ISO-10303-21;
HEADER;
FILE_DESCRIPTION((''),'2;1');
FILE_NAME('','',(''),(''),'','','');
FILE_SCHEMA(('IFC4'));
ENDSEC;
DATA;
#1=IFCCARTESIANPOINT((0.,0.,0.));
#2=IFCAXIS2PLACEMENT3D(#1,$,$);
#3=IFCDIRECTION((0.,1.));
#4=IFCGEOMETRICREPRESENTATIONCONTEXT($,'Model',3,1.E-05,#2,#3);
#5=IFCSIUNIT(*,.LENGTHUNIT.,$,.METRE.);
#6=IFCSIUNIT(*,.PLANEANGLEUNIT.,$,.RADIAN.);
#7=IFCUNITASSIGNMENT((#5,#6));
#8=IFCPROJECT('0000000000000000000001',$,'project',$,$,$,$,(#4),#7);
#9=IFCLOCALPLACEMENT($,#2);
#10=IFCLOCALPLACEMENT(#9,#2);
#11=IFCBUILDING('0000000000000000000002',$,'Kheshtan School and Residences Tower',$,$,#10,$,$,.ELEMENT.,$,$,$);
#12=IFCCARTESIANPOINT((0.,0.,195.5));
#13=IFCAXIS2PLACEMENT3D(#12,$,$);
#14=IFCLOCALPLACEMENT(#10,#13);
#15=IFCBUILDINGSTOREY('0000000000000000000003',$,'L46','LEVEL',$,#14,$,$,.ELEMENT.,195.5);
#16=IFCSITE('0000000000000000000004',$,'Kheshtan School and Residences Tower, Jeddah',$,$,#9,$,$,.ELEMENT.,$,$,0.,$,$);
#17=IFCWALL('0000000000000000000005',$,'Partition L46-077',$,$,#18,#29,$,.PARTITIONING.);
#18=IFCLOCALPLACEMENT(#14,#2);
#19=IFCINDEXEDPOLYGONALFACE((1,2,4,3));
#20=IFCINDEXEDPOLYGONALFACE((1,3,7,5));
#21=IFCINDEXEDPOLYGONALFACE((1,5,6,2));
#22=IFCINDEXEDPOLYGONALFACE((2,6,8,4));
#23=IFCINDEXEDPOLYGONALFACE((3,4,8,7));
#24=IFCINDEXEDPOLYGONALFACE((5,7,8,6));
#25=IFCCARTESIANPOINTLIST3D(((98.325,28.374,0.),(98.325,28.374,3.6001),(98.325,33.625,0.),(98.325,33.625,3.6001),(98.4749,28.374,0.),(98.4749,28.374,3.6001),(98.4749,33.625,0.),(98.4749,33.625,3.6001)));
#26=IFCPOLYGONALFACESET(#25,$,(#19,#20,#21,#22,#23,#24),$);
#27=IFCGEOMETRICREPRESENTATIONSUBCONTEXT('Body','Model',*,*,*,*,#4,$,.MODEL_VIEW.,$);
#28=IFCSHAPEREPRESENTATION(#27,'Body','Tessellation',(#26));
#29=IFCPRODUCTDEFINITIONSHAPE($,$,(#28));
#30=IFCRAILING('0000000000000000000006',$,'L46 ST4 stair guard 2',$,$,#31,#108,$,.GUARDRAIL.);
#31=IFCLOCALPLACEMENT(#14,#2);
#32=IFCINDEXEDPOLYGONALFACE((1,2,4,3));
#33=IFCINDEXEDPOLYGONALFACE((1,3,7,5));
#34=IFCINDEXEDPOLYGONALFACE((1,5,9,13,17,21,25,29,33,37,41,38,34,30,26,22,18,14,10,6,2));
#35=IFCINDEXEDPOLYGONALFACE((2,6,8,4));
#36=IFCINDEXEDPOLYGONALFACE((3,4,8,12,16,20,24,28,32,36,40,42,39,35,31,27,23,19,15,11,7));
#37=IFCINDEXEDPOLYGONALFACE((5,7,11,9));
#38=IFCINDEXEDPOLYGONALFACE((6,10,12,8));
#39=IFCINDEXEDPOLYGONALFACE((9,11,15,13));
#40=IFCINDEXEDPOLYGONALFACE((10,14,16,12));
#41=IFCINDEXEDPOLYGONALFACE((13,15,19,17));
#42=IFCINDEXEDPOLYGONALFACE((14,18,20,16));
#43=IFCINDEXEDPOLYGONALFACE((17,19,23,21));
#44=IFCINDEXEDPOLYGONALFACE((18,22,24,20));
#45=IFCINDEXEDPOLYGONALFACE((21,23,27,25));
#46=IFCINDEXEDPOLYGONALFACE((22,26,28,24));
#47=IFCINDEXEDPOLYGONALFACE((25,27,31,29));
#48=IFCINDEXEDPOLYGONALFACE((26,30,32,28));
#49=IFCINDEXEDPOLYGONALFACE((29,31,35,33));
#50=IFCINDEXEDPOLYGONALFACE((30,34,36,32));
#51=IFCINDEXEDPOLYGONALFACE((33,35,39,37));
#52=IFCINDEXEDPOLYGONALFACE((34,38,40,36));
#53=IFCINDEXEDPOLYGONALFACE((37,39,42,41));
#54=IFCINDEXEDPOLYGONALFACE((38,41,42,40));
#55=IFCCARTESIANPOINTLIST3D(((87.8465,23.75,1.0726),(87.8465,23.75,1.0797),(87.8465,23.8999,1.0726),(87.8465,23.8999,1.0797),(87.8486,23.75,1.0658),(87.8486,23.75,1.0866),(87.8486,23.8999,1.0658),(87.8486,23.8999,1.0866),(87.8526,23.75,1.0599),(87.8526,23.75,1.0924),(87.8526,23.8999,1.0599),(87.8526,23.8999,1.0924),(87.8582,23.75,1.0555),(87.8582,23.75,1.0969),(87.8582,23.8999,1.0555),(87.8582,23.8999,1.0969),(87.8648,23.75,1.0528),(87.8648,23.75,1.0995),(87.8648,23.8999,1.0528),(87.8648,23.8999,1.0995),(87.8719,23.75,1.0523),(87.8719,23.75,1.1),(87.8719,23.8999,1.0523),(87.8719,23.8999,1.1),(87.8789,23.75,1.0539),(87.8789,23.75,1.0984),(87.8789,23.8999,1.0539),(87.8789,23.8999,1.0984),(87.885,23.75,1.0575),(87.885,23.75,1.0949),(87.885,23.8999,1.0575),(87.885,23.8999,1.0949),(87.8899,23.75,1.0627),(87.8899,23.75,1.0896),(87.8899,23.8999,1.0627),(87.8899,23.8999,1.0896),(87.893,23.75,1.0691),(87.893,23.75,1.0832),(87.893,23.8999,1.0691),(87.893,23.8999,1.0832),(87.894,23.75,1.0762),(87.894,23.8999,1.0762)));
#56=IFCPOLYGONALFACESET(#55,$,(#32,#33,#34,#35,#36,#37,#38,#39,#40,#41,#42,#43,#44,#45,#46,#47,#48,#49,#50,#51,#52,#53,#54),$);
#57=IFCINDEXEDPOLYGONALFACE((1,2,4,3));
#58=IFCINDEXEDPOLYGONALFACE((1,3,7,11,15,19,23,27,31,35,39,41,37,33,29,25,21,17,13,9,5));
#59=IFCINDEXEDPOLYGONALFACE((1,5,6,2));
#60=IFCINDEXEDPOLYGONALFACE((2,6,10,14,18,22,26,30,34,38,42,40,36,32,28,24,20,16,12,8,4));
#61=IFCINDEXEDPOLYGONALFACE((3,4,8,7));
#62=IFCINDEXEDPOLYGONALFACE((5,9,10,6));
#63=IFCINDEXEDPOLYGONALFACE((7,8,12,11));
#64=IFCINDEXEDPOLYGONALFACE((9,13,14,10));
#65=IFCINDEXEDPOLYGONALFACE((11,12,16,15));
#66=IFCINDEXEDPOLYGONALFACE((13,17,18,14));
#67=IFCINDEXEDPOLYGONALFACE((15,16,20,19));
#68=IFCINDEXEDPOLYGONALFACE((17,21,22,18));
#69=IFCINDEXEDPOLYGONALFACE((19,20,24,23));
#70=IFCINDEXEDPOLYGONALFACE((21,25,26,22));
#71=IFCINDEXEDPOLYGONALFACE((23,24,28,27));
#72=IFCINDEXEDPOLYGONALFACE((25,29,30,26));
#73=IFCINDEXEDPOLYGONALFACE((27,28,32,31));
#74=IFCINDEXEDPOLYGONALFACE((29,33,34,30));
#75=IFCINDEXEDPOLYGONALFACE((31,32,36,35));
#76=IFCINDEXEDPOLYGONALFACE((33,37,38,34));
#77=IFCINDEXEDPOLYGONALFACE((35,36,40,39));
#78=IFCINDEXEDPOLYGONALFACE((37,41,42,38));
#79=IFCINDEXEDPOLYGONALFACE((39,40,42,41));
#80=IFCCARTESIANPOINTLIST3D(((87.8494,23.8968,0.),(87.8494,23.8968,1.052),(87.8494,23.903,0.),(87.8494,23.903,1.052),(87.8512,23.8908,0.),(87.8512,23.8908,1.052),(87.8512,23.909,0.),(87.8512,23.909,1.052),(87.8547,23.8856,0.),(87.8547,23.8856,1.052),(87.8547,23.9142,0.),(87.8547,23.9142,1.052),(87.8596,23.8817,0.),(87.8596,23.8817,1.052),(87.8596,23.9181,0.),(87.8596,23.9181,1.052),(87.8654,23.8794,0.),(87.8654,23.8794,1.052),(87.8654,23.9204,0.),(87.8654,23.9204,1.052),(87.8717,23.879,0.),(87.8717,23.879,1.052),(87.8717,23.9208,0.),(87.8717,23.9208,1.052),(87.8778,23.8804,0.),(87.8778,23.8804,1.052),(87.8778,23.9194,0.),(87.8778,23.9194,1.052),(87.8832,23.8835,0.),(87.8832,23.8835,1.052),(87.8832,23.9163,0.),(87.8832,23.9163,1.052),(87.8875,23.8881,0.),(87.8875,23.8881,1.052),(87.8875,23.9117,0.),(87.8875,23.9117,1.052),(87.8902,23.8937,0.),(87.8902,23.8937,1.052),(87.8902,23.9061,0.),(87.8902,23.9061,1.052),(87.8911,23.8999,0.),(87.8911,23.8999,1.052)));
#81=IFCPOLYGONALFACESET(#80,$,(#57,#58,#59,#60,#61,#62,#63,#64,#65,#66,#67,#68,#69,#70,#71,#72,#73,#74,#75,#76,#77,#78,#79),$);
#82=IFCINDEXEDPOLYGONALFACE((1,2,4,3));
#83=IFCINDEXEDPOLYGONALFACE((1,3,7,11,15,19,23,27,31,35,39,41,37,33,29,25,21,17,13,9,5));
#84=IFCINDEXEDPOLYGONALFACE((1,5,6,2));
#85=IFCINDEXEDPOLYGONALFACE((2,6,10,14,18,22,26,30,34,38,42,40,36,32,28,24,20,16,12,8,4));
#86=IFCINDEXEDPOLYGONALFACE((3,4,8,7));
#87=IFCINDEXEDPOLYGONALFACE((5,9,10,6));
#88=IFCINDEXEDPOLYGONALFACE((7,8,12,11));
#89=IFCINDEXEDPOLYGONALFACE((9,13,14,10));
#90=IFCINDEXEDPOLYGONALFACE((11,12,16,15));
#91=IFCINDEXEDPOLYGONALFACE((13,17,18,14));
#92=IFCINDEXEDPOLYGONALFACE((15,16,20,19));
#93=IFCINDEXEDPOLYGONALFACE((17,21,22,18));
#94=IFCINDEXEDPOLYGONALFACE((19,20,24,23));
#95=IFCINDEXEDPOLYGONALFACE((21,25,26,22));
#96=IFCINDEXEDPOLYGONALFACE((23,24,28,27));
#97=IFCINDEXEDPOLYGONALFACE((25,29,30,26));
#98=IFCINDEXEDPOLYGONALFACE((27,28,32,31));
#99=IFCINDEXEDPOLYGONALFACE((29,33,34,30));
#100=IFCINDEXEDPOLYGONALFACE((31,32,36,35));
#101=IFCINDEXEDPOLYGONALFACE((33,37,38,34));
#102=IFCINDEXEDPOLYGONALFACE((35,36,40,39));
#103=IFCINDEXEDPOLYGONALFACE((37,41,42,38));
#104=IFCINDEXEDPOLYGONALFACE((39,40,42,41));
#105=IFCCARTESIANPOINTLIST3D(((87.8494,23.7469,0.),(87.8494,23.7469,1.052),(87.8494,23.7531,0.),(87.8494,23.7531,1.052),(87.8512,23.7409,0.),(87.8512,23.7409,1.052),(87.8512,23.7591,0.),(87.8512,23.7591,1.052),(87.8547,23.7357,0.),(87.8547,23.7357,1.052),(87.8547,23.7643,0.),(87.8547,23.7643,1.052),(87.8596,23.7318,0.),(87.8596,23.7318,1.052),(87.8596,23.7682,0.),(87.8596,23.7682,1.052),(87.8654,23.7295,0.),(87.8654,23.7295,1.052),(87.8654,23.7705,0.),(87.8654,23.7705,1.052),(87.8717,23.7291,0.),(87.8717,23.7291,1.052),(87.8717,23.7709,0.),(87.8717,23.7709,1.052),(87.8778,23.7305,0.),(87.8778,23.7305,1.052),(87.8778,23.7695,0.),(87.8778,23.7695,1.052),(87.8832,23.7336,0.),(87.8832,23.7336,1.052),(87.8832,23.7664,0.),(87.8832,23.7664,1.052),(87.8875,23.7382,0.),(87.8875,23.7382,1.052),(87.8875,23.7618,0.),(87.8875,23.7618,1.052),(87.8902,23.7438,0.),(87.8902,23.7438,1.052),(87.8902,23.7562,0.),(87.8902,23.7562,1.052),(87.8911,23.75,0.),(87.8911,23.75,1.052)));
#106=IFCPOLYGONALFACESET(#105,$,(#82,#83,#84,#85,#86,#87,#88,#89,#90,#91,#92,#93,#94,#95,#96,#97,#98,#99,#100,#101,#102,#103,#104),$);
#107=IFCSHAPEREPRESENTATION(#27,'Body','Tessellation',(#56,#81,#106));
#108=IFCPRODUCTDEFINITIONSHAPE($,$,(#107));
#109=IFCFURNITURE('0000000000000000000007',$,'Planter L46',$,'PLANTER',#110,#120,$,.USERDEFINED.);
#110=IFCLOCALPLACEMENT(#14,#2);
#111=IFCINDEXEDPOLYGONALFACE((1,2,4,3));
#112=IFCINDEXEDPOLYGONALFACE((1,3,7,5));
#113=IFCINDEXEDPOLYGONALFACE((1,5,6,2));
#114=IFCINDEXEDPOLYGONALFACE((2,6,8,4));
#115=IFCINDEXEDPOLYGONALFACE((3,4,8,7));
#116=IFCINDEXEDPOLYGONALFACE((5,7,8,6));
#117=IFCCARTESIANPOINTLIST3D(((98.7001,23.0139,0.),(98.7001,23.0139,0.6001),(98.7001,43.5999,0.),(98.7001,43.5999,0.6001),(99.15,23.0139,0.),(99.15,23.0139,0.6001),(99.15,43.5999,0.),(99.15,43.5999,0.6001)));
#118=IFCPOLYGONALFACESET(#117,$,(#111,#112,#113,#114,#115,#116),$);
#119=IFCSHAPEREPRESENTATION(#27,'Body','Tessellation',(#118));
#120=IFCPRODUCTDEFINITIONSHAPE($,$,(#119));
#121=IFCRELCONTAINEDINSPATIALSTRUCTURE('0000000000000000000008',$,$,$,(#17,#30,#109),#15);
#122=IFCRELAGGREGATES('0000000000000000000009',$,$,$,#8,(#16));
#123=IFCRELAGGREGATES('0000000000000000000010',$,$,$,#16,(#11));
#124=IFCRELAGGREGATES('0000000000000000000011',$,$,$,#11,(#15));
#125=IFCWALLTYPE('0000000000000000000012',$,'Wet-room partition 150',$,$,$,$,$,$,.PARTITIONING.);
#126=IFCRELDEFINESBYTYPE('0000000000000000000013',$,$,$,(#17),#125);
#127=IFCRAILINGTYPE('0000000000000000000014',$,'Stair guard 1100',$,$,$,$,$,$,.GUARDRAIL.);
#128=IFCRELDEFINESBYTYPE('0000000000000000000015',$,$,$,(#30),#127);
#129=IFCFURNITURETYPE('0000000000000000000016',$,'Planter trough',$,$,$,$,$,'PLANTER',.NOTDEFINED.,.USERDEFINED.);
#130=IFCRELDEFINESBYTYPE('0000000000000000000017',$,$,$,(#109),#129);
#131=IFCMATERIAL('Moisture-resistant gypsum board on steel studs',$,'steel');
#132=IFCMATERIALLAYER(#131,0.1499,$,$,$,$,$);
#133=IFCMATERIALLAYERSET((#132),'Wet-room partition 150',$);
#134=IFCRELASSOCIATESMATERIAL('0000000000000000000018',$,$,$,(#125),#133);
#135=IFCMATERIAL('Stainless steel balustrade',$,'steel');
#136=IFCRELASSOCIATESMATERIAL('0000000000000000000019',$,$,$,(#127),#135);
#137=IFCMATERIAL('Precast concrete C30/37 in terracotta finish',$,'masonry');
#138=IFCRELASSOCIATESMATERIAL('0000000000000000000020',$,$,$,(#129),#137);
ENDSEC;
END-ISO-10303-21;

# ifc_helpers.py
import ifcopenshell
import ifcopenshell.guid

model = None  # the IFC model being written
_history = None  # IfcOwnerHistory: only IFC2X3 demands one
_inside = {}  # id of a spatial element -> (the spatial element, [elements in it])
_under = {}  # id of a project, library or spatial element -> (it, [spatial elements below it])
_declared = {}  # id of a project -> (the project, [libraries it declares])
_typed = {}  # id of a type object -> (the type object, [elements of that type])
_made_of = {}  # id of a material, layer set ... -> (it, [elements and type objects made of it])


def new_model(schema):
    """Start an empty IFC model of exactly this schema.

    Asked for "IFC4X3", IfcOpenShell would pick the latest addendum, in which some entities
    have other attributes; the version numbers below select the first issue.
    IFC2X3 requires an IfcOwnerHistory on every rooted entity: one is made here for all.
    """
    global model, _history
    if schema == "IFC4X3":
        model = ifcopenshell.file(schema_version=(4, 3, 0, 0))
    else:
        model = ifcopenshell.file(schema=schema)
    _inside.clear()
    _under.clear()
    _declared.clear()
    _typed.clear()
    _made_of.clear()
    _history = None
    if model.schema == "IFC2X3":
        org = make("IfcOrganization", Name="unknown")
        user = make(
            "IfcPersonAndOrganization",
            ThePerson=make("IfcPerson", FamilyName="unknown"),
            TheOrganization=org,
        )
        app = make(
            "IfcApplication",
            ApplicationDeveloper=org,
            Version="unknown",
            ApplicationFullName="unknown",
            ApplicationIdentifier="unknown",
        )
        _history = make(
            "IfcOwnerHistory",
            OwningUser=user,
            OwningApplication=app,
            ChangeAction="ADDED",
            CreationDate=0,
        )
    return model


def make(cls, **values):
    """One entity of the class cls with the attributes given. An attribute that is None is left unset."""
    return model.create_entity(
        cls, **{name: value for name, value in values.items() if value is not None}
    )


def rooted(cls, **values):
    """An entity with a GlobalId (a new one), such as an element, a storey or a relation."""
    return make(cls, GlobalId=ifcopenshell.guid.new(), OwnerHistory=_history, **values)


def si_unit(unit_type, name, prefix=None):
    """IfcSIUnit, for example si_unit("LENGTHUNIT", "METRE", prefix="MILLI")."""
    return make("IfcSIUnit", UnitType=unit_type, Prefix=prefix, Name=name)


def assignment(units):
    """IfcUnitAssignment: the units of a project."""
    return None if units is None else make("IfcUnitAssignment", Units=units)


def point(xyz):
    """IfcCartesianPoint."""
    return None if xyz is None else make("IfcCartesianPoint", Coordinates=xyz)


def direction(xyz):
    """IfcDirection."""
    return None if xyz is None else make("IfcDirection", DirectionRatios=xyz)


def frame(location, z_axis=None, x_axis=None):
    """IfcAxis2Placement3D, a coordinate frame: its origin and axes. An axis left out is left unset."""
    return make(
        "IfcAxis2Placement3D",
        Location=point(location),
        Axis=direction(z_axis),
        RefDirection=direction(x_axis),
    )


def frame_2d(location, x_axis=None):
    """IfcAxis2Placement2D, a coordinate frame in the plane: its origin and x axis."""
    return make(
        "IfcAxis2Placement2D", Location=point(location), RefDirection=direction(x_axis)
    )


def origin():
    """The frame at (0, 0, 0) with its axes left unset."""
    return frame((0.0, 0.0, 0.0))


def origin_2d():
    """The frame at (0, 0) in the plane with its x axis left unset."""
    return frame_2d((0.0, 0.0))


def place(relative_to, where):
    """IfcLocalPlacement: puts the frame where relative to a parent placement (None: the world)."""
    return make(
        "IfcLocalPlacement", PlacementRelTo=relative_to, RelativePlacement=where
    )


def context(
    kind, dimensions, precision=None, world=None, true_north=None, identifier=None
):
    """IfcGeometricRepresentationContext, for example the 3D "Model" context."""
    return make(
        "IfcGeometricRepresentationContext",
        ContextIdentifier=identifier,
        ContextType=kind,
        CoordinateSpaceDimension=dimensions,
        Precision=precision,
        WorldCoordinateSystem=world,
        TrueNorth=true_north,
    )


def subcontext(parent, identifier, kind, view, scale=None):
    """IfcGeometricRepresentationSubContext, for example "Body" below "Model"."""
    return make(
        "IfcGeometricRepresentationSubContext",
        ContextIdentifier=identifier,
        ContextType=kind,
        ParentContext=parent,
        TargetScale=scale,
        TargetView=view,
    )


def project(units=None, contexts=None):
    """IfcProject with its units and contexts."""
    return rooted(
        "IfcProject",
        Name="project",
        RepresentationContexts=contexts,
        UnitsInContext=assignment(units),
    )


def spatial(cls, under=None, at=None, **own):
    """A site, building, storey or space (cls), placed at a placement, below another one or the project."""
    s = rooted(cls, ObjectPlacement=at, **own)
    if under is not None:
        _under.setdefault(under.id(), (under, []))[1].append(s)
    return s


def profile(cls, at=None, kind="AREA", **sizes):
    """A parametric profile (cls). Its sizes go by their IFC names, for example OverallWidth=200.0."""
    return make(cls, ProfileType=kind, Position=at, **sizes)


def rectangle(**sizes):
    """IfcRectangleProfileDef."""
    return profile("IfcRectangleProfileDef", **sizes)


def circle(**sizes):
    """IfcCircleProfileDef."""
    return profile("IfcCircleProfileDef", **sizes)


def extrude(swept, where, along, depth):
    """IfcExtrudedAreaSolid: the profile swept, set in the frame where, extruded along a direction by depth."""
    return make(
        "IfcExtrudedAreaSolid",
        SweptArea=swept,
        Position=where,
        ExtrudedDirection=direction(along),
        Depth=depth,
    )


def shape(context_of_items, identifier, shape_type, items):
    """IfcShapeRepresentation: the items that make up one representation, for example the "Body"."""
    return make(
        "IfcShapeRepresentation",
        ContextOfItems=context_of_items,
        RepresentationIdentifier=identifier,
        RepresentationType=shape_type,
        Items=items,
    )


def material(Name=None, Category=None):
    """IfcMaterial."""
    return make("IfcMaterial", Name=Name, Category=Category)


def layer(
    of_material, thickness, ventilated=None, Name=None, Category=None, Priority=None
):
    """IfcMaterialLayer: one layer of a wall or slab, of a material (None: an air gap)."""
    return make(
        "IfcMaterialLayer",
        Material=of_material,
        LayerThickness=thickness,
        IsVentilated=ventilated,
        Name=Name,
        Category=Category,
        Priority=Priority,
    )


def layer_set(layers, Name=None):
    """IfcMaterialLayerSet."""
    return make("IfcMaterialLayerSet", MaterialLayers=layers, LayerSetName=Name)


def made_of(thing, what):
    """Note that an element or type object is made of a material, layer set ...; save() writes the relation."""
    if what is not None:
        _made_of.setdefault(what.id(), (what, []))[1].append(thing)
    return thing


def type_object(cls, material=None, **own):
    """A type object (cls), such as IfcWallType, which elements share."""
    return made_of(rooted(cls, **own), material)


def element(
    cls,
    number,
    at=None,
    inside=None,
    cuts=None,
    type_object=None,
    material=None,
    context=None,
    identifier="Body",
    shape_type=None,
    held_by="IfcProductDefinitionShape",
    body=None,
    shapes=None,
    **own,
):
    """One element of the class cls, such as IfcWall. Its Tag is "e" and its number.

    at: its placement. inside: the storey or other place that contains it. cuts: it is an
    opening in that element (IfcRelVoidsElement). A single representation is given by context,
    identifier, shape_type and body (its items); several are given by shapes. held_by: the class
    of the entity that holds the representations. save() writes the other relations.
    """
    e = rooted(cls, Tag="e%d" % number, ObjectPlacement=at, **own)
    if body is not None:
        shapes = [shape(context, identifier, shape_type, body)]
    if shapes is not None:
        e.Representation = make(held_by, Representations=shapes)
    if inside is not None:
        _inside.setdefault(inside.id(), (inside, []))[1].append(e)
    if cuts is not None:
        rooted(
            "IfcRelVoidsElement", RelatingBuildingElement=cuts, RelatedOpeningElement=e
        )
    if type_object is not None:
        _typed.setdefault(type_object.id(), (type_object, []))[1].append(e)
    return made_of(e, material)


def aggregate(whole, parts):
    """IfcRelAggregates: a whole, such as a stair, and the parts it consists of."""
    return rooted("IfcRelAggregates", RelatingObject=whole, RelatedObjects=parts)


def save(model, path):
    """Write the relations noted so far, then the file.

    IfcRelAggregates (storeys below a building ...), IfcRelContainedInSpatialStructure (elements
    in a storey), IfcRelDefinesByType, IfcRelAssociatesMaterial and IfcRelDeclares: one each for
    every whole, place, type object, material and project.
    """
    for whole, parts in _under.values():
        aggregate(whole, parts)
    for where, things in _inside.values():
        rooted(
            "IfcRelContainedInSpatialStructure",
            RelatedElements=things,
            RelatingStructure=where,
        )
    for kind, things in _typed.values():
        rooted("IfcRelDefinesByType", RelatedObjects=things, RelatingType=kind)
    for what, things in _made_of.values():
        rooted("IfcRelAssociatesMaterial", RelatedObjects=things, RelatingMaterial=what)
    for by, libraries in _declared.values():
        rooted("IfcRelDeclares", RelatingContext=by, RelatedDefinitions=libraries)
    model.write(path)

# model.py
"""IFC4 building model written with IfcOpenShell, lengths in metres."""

from ifc_helpers import new_model, si_unit, direction, frame, frame_2d, origin, origin_2d, place, context, subcontext, project, spatial, rectangle, circle, extrude, material, layer, layer_set, type_object, element, save


model = new_model("IFC4")

# Units and contexts
model_context = context("Model", 3, precision=1e-05, world=origin(), true_north=direction((0.0, 1.0)))
body_context = subcontext(model_context, "Body", "Model", "MODEL_VIEW")
ifc_project = project(units=[si_unit("LENGTHUNIT", "METRE"), si_unit("PLANEANGLEUNIT", "RADIAN")], contexts=[model_context])

# Site, building, storey
site_placement = place(None, origin())
site = spatial("IfcSite", under=ifc_project, at=site_placement, Name="Kheshtan School and Residences Tower, Jeddah", CompositionType="ELEMENT", RefElevation=0.0)
building_placement = place(site_placement, origin())
building = spatial("IfcBuilding", under=site, at=building_placement, Name="Kheshtan School and Residences Tower", CompositionType="ELEMENT")
storey_placement = place(building_placement, frame((0.0, 0.0, 195.5)))
storey = spatial("IfcBuildingStorey", under=building, at=storey_placement, Name="L46", Description="LEVEL", CompositionType="ELEMENT", Elevation=195.5)

# Wall
ifc_material_1 = material(Name="Moisture-resistant gypsum board on steel studs", Category="steel")
ifc_layer_1 = layer(ifc_material_1, 0.1499)
ifc_layer_set_1 = layer_set([ifc_layer_1], Name="Wet-room partition 150")
wall_type_1 = type_object("IfcWallType", Name="Wet-room partition 150", PredefinedType="PARTITIONING", material=ifc_layer_set_1)
wall_1_placement = place(storey_placement, frame((98.3999, 28.374, 0.0), z_axis=(0.0, 0.0, 1.0), x_axis=(0.0, 1.0, 0.0)))
element("IfcWall", 1, at=wall_1_placement, inside=storey, type_object=wall_type_1, Name="Partition L46-077", PredefinedType="PARTITIONING", context=body_context, shape_type="SweptSolid", body=[
    extrude(rectangle(XDim=5.251, YDim=0.1499, at=frame_2d((2.6255, 0.0))), origin(), (0.0, 0.0, 1.0), 3.6001),
])

# Railing
ifc_material_2 = material(Name="Stainless steel balustrade", Category="steel")
railing_type = type_object("IfcRailingType", Name="Stair guard 1100", PredefinedType="GUARDRAIL", material=ifc_material_2)
railing_placement = place(storey_placement, frame((87.8701, 23.8999, 0.0)))
element("IfcRailing", 2, at=railing_placement, inside=storey, type_object=railing_type, Name="L46 ST4 stair guard 2", PredefinedType="GUARDRAIL", context=body_context, shape_type="SweptSolid", body=[
    extrude(circle(Radius=0.0239, at=origin_2d()), frame((0.0, 0.0, 1.0762), z_axis=(0.0, -1.0, 0.0), x_axis=(1.0, 0.0, 0.0)), (0.0, 0.0, 1.0), 0.1499),
    extrude(circle(Radius=0.021, at=origin_2d()), origin(), (0.0, 0.0, 1.0), 1.052),
    extrude(circle(Radius=0.021, at=origin_2d()), frame((0.0, -0.1499, 0.0)), (0.0, 0.0, 1.0), 1.052),
])

# Furniture
ifc_material_3 = material(Name="Precast concrete C30/37 in terracotta finish", Category="masonry")
furniture_type = type_object("IfcFurnitureType", Name="Planter trough", ElementType="PLANTER", AssemblyPlace="NOTDEFINED", PredefinedType="USERDEFINED", material=ifc_material_3)
furniture_placement = place(storey_placement, frame((98.925, 33.3069, 0.0), z_axis=(0.0, 0.0, 1.0), x_axis=(0.0, -1.0, 0.0)))
element("IfcFurniture", 3, at=furniture_placement, inside=storey, type_object=furniture_type, Name="Planter L46", ObjectType="PLANTER", PredefinedType="USERDEFINED", context=body_context, shape_type="SweptSolid", body=[
    extrude(rectangle(XDim=20.5859, YDim=0.45, at=origin_2d()), origin(), (0.0, 0.0, 1.0), 0.6001),
])

save(model, "model.ifc")
